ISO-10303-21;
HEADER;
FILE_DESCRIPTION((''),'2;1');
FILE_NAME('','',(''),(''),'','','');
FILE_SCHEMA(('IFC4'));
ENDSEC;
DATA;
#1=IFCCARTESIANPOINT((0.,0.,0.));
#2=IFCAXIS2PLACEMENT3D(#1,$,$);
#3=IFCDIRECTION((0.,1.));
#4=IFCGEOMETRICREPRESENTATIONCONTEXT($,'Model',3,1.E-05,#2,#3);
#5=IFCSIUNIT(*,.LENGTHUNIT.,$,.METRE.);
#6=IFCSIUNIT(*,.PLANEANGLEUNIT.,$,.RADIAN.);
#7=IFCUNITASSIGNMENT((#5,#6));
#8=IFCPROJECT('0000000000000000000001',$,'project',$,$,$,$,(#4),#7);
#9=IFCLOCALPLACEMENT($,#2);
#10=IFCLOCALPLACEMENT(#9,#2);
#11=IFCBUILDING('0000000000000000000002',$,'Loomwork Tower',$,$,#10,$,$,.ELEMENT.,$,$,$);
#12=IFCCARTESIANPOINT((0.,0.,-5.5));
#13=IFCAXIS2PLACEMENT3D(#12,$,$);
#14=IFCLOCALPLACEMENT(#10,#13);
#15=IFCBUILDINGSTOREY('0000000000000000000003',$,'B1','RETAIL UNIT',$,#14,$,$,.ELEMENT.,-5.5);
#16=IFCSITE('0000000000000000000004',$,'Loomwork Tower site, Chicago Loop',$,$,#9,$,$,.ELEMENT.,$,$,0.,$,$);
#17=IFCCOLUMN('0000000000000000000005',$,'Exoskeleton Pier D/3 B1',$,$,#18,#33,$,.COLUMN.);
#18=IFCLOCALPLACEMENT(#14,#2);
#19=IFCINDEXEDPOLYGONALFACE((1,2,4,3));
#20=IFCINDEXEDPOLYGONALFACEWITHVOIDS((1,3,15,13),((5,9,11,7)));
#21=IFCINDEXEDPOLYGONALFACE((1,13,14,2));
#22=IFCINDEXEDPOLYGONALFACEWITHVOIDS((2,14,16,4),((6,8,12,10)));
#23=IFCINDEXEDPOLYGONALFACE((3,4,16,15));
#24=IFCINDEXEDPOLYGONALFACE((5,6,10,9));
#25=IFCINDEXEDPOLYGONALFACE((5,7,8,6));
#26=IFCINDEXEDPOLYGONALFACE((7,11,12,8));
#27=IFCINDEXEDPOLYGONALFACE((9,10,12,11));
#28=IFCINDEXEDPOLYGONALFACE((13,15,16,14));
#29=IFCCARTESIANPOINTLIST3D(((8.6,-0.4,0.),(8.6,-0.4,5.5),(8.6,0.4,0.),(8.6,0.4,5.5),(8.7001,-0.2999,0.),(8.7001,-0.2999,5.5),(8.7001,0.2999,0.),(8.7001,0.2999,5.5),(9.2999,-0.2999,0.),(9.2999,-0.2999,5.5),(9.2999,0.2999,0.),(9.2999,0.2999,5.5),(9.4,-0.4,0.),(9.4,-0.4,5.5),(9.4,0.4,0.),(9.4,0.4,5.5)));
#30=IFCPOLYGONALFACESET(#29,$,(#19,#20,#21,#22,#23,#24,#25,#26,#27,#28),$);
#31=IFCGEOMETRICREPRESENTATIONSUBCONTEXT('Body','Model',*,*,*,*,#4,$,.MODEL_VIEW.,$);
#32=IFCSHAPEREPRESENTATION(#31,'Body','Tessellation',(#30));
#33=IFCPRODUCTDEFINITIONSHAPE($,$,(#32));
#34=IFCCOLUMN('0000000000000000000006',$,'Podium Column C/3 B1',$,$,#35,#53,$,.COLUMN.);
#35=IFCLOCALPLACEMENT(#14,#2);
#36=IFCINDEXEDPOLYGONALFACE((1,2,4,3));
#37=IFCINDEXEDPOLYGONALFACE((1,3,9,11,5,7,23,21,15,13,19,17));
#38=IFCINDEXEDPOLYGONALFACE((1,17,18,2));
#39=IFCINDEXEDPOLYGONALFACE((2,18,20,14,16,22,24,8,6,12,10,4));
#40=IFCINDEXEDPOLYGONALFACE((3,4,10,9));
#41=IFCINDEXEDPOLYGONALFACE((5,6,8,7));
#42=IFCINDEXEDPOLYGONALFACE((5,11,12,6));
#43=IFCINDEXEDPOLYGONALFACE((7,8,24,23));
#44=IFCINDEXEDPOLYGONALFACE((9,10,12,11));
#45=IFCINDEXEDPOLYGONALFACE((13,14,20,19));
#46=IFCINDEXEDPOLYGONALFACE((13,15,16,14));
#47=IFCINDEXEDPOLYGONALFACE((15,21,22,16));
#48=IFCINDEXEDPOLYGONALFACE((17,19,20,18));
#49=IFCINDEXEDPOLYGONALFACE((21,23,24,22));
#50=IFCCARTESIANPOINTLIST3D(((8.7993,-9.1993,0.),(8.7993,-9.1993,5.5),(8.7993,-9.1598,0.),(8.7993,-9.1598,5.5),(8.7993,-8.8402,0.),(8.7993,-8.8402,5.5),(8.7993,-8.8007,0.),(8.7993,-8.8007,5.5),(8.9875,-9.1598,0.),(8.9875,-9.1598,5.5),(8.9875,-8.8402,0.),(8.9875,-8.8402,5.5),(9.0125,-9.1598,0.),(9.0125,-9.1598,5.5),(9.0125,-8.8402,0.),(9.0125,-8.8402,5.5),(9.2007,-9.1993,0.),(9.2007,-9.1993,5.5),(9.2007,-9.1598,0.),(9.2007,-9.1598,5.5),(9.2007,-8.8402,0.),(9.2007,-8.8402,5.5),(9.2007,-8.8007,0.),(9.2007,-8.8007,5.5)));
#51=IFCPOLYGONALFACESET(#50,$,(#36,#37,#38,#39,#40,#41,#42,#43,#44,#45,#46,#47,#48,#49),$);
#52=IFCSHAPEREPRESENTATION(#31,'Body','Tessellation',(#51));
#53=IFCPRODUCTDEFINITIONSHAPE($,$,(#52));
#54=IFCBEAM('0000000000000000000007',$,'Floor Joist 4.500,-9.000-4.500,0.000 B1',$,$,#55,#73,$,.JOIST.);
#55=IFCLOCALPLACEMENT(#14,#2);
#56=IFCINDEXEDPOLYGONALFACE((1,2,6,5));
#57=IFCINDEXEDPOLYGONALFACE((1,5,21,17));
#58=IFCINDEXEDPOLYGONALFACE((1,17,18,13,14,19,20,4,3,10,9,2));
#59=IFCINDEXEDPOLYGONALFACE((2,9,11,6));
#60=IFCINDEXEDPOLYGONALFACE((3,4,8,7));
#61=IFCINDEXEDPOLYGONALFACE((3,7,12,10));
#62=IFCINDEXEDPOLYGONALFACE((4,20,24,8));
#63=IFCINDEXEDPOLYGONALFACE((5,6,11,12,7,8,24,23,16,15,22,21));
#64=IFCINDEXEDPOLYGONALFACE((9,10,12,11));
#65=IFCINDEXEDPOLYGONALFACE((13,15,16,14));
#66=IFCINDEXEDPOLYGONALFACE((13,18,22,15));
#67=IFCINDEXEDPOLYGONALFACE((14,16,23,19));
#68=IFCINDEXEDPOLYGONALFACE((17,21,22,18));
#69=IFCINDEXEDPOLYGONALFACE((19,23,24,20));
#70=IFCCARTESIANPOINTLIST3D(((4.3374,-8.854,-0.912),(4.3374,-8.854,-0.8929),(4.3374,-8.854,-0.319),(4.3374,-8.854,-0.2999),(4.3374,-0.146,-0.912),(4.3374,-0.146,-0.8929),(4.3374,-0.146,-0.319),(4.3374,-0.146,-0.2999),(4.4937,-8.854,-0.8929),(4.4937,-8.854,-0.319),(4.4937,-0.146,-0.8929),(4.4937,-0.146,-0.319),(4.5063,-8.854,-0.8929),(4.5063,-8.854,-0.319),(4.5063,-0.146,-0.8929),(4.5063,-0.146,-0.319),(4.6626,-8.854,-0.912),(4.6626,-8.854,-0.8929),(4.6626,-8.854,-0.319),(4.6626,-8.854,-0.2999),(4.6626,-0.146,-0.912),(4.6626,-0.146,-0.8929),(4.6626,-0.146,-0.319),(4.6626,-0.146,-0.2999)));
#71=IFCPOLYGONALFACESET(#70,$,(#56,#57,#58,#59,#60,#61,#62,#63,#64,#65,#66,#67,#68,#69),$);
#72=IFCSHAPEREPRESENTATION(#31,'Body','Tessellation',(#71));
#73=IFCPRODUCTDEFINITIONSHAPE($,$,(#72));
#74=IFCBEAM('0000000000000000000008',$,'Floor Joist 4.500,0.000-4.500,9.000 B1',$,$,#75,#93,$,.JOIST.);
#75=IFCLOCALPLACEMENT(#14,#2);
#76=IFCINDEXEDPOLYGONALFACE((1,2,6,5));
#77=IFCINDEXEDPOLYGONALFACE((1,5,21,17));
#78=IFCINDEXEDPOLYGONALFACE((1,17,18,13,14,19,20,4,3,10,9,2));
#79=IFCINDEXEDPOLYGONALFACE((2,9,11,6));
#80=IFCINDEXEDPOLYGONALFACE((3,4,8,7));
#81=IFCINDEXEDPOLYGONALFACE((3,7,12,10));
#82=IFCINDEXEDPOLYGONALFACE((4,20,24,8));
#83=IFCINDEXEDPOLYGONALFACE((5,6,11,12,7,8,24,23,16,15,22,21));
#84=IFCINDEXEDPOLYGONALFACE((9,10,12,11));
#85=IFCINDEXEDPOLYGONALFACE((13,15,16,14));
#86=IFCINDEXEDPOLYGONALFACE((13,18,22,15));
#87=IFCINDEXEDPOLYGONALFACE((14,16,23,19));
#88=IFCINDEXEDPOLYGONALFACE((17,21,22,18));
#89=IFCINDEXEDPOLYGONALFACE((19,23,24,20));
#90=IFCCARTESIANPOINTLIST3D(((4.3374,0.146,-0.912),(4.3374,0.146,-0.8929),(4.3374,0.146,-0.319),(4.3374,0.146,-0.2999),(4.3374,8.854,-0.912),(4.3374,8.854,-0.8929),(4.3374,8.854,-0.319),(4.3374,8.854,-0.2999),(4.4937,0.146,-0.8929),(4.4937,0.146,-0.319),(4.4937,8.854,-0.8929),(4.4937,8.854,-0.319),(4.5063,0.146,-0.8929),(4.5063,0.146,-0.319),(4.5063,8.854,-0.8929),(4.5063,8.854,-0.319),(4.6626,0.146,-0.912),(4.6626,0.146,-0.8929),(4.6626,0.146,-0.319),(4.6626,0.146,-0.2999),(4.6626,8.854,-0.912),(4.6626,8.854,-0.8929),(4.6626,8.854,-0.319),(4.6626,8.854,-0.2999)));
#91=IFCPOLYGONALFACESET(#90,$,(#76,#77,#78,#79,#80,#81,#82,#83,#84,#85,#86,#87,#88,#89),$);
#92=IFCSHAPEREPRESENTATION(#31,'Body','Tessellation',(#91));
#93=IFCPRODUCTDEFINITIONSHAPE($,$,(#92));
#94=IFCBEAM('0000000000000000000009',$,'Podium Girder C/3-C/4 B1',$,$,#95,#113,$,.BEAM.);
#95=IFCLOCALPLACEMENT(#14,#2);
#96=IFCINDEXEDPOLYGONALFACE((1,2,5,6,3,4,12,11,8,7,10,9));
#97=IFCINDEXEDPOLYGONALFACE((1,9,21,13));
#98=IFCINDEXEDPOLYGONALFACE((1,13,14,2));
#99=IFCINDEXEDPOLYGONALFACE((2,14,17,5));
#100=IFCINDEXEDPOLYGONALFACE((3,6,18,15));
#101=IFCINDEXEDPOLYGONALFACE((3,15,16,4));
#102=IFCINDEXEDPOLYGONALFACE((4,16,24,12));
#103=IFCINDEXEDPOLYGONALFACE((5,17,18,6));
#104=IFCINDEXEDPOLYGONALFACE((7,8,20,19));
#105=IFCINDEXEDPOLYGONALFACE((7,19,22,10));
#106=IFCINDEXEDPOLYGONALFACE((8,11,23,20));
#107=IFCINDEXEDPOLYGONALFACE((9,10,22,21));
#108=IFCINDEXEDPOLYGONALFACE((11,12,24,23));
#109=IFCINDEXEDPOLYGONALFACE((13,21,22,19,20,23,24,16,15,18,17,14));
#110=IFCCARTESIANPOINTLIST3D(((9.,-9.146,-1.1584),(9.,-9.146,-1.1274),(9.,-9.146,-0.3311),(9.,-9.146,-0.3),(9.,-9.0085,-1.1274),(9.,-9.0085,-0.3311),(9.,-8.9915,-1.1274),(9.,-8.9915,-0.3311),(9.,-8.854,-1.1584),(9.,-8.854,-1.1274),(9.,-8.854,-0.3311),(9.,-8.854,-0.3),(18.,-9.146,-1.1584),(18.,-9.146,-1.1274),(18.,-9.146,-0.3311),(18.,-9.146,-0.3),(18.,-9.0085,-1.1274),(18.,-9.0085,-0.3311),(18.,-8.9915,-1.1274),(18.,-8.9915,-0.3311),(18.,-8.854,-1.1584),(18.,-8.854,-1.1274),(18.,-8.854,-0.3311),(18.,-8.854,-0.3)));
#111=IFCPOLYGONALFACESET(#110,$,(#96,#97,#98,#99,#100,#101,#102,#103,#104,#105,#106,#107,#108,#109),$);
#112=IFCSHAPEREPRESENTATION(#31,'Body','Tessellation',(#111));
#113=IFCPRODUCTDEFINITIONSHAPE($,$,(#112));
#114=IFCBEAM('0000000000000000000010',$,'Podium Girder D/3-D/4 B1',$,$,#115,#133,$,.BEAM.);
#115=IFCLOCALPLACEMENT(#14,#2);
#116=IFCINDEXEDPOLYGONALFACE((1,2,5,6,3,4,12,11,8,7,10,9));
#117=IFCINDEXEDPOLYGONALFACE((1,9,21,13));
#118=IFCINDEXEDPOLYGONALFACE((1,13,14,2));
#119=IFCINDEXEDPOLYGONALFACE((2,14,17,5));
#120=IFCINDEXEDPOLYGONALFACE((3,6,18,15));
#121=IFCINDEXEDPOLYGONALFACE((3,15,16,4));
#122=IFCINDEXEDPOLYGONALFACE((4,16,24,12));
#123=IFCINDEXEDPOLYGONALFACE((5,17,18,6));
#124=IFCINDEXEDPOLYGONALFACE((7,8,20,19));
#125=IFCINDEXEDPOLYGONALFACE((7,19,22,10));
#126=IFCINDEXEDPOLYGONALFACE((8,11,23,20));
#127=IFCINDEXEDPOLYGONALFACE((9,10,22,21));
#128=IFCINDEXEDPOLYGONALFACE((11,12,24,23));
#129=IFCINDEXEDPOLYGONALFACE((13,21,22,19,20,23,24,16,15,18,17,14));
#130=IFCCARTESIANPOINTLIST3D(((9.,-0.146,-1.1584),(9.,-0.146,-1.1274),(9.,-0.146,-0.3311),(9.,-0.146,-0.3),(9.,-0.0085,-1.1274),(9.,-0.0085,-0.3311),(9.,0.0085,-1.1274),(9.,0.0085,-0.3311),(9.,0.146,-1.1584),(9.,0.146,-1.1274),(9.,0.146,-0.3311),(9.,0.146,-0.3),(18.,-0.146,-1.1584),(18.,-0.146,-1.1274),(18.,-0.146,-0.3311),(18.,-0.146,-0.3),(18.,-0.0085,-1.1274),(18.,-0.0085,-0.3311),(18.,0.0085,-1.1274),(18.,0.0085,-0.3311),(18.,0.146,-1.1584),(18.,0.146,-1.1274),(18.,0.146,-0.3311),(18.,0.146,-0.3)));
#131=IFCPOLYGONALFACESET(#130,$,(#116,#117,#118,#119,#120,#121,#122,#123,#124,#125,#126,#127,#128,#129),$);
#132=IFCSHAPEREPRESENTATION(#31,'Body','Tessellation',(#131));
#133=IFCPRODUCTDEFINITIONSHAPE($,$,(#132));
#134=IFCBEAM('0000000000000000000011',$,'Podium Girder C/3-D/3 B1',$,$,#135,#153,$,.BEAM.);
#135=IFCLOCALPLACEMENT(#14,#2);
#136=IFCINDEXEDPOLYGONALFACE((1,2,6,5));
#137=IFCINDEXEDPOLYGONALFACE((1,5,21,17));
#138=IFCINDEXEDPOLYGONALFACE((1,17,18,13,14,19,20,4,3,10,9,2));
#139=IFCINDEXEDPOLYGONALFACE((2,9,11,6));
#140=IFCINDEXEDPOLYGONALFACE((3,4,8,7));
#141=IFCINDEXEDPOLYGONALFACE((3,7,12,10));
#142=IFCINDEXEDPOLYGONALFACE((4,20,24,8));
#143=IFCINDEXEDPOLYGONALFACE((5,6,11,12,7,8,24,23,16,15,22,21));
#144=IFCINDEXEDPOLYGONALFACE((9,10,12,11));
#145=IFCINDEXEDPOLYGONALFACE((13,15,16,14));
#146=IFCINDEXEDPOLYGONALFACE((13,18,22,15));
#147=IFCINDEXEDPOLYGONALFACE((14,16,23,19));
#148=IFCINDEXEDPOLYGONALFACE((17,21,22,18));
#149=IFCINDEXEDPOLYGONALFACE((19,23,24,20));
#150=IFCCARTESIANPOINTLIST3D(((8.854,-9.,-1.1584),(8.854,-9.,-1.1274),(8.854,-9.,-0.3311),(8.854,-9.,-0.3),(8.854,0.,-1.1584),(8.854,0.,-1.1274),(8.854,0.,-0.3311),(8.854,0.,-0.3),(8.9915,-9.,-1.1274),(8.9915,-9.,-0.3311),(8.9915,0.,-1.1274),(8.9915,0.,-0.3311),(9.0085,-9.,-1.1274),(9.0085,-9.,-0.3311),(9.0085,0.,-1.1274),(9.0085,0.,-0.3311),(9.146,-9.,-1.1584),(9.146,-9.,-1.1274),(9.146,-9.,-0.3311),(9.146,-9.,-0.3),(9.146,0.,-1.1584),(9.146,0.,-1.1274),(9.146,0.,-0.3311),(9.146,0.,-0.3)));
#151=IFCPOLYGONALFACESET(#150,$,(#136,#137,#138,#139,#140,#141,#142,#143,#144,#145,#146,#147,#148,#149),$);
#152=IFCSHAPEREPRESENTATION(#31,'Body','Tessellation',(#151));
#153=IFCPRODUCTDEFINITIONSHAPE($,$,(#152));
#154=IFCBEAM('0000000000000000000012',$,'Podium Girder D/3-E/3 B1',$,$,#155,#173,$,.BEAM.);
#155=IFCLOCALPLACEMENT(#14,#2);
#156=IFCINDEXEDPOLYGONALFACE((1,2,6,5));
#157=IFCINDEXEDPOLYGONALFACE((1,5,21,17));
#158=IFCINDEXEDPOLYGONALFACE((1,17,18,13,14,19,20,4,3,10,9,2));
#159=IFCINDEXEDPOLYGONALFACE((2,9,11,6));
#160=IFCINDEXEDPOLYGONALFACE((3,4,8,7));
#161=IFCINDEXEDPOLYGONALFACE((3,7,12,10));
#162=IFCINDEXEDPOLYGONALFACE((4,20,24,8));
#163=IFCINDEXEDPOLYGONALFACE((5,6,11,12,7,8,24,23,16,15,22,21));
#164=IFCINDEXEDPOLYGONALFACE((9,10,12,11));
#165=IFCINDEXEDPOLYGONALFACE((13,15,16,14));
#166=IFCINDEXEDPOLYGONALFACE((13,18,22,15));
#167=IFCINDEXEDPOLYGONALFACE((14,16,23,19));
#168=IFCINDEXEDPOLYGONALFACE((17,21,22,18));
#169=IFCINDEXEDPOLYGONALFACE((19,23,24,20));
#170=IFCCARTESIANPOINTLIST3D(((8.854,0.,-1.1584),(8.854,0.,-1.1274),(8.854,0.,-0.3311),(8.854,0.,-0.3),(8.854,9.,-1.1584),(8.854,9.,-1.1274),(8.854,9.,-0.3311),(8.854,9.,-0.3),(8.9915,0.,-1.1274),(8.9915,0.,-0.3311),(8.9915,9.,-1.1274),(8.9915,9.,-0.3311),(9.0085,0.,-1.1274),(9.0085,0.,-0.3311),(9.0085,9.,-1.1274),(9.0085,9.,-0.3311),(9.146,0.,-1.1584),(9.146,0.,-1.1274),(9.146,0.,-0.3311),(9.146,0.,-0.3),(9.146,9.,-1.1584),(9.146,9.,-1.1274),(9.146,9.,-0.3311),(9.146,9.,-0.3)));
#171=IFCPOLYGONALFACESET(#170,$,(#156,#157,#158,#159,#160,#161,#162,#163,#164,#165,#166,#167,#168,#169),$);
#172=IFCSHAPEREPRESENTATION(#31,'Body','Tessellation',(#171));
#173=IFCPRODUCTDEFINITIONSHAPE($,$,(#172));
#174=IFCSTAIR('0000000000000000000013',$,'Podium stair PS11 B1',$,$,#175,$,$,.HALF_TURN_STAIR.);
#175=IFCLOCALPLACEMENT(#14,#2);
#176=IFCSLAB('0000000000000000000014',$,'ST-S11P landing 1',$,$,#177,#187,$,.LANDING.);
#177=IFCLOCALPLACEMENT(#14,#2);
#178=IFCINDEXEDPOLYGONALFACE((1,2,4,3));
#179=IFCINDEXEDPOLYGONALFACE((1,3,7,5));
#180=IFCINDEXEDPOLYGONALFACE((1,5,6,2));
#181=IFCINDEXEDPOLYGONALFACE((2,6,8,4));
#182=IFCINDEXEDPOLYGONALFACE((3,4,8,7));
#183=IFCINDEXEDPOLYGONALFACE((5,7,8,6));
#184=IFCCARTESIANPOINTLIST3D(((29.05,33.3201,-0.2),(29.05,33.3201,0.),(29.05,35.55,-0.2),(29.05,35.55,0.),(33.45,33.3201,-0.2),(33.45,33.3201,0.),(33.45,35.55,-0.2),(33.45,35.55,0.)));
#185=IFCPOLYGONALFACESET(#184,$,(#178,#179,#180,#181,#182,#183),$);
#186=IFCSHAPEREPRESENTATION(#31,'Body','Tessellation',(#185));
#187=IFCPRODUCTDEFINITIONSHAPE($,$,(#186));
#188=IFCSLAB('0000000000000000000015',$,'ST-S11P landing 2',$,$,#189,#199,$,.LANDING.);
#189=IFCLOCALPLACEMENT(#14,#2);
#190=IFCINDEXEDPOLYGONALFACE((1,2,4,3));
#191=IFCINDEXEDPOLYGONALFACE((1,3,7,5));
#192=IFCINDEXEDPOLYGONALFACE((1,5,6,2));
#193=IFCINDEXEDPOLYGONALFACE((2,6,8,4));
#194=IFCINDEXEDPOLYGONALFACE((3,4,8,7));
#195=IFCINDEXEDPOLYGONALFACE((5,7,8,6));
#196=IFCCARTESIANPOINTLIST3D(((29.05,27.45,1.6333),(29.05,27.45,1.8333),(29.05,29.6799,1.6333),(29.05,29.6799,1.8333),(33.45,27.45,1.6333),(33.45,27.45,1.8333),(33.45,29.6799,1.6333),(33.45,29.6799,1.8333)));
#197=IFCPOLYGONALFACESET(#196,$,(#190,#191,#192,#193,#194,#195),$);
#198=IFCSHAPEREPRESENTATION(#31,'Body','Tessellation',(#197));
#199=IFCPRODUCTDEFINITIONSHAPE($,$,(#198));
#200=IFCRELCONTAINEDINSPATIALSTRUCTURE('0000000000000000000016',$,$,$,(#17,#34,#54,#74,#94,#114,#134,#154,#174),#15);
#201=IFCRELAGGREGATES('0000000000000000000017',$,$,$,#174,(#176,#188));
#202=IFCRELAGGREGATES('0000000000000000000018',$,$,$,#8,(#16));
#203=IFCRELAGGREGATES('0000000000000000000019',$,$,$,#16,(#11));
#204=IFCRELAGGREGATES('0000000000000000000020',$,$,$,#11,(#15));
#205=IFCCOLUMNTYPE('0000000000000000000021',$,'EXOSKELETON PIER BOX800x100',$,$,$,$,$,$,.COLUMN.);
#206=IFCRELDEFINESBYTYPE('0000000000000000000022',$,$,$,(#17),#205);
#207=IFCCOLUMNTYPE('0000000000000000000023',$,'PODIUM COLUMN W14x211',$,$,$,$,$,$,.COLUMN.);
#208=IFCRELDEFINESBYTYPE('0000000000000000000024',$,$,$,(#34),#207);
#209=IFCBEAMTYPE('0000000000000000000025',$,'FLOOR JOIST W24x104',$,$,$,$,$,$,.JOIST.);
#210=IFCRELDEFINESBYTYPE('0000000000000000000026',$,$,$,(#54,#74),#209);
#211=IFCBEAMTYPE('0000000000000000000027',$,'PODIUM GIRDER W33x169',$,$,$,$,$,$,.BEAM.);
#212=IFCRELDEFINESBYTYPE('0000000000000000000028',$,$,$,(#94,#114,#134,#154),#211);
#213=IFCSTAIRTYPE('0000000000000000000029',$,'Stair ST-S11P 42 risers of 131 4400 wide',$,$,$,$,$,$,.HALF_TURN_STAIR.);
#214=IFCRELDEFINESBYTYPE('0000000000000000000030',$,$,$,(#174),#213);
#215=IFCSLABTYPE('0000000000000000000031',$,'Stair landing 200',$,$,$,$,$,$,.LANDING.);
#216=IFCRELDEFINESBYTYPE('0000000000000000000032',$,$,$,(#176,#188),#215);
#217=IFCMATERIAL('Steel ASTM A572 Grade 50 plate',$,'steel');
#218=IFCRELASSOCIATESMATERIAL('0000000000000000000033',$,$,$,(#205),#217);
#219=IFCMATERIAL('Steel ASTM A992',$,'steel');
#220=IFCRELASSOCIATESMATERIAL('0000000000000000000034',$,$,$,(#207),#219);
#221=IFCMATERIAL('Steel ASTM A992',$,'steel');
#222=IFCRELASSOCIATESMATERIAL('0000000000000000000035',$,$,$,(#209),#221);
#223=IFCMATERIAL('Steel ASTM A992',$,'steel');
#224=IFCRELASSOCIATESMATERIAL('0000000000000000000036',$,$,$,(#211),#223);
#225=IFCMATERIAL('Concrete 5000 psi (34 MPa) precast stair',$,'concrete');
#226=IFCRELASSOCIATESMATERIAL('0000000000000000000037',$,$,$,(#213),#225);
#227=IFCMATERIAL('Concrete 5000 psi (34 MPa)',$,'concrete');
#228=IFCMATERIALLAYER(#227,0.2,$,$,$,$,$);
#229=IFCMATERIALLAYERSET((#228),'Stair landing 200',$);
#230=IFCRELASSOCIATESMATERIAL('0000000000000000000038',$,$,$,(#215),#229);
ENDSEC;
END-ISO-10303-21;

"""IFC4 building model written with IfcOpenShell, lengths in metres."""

from ifc_helpers import new_model, si_unit, direction, frame, origin, origin_2d, place, context, subcontext, project, spatial, polyline, hollow_rectangle, i_section, outline, extrude, material, layer, layer_set, material_profile, profile_set, type_object, element, aggregate, save


model = new_model("IFC4")

# Units and contexts
model_context = context("Model", 3, precision=1e-05, world=origin(), true_north=direction((0.0, 1.0)))
body_context = subcontext(model_context, "Body", "Model", "MODEL_VIEW")
ifc_project = project(units=[si_unit("LENGTHUNIT", "METRE"), si_unit("PLANEANGLEUNIT", "RADIAN")], contexts=[model_context])

# Site, building, storey
site_placement = place(None, origin())
site = spatial("IfcSite", under=ifc_project, at=site_placement, Name="Loomwork Tower site, Chicago Loop", CompositionType="ELEMENT", RefElevation=0.0)
building_placement = place(site_placement, origin())
building = spatial("IfcBuilding", under=site, at=building_placement, Name="Loomwork Tower", CompositionType="ELEMENT")
storey_placement = place(building_placement, frame((0.0, 0.0, -5.5)))
storey = spatial("IfcBuildingStorey", under=building, at=storey_placement, Name="B1", Description="RETAIL UNIT", CompositionType="ELEMENT", Elevation=-5.5)

# Columns
ifc_material_1 = material(Name="Steel ASTM A572 Grade 50 plate", Category="steel")
ifc_material_profile_1 = material_profile(ifc_material_1, hollow_rectangle(XDim=0.8, YDim=0.8, WallThickness=0.1001, at=origin_2d()), Name="BOX800x100")
ifc_profile_set_1 = profile_set([ifc_material_profile_1], Name="Steel ASTM A572 Grade 50 plate")
column_type_1 = type_object("IfcColumnType", Name="EXOSKELETON PIER BOX800x100", PredefinedType="COLUMN", material=ifc_profile_set_1)
column_1_placement = place(storey_placement, frame((9.0, 0.0, 0.0), z_axis=(0.0, 0.0, 1.0), x_axis=(1.0, 0.0, 0.0)))
element("IfcColumn", 1, at=column_1_placement, inside=storey, type_object=column_type_1, Name="Exoskeleton Pier D/3 B1", PredefinedType="COLUMN", context=body_context, shape_type="SweptSolid", body=[
    extrude(hollow_rectangle(XDim=0.8, YDim=0.8, WallThickness=0.1001, at=origin_2d()), origin(), (0.0, 0.0, 1.0), 5.5),
])
ifc_material_2 = material(Name="Steel ASTM A992", Category="steel")
ifc_material_profile_2 = material_profile(ifc_material_2, i_section(OverallWidth=0.4014, OverallDepth=0.3987, WebThickness=0.0249, FlangeThickness=0.0396, at=origin_2d()), Name="W14x211")
ifc_profile_set_2 = profile_set([ifc_material_profile_2], Name="Steel ASTM A992")
column_type_2 = type_object("IfcColumnType", Name="PODIUM COLUMN W14x211", PredefinedType="COLUMN", material=ifc_profile_set_2)
column_2_placement = place(storey_placement, frame((9.0, -9.0, 0.0), z_axis=(0.0, 0.0, 1.0), x_axis=(1.0, 0.0, 0.0)))
element("IfcColumn", 2, at=column_2_placement, inside=storey, type_object=column_type_2, Name="Podium Column C/3 B1", PredefinedType="COLUMN", context=body_context, shape_type="SweptSolid", body=[
    extrude(i_section(OverallWidth=0.4014, OverallDepth=0.3987, WebThickness=0.0249, FlangeThickness=0.0396, at=origin_2d()), origin(), (0.0, 0.0, 1.0), 5.5),
])

# Beams
ifc_material_3 = material(Name="Steel ASTM A992", Category="steel")
ifc_material_profile_3 = material_profile(ifc_material_3, i_section(OverallWidth=0.3252, OverallDepth=0.6121, WebThickness=0.0127, FlangeThickness=0.019, at=origin_2d()), Name="W24x104")
ifc_profile_set_3 = profile_set([ifc_material_profile_3], Name="Steel ASTM A992")
beam_type_1 = type_object("IfcBeamType", Name="FLOOR JOIST W24x104", PredefinedType="JOIST", material=ifc_profile_set_3)
for number, where, z_axis, x_axis, name in (
    (3, (4.5, -8.854, -0.606), (0.0, 1.0, 0.0), (-1.0, 0.0, 0.0), "Floor Joist 4.500,-9.000-4.500,0.000 B1"),
    (4, (4.5, 0.146, -0.606), (0.0, 1.0, 0.0), (-1.0, 0.0, 0.0), "Floor Joist 4.500,0.000-4.500,9.000 B1"),
):
    element("IfcBeam", number, at=place(storey_placement, frame(where, z_axis=z_axis, x_axis=x_axis)), inside=storey, type_object=beam_type_1, Name=name, PredefinedType="JOIST", context=body_context, shape_type="SweptSolid", body=[
        extrude(i_section(OverallWidth=0.3252, OverallDepth=0.6121, WebThickness=0.0127, FlangeThickness=0.019, at=origin_2d()), origin(), (0.0, 0.0, 1.0), 8.708),
    ])
ifc_material_4 = material(Name="Steel ASTM A992", Category="steel")
ifc_material_profile_4 = material_profile(ifc_material_4, i_section(OverallWidth=0.292, OverallDepth=0.8584, WebThickness=0.0171, FlangeThickness=0.031, at=origin_2d()), Name="W33x169")
ifc_profile_set_4 = profile_set([ifc_material_profile_4], Name="Steel ASTM A992")
beam_type_2 = type_object("IfcBeamType", Name="PODIUM GIRDER W33x169", PredefinedType="BEAM", material=ifc_profile_set_4)
for number, where, z_axis, x_axis, name in (
    (5, (9.0, -9.0, -0.7292), (1.0, 0.0, 0.0), (0.0, 1.0, 0.0), "Podium Girder C/3-C/4 B1"),
    (6, (9.0, 0.0, -0.7292), (1.0, 0.0, 0.0), (0.0, 1.0, 0.0), "Podium Girder D/3-D/4 B1"),
    (7, (9.0, -9.0, -0.7292), (0.0, 1.0, 0.0), (-1.0, 0.0, 0.0), "Podium Girder C/3-D/3 B1"),
    (8, (9.0, 0.0, -0.7292), (0.0, 1.0, 0.0), (-1.0, 0.0, 0.0), "Podium Girder D/3-E/3 B1"),
):
    element("IfcBeam", number, at=place(storey_placement, frame(where, z_axis=z_axis, x_axis=x_axis)), inside=storey, type_object=beam_type_2, Name=name, PredefinedType="BEAM", context=body_context, shape_type="SweptSolid", body=[
        extrude(i_section(OverallWidth=0.292, OverallDepth=0.8584, WebThickness=0.0171, FlangeThickness=0.031, at=origin_2d()), origin(), (0.0, 0.0, 1.0), 9.0),
    ])

# Stair, slabs
ifc_material_5 = material(Name="Concrete 5000 psi (34 MPa) precast stair", Category="concrete")
stair_type_1 = type_object("IfcStairType", Name="Stair ST-S11P 42 risers of 131 4400 wide", PredefinedType="HALF_TURN_STAIR", material=ifc_material_5)
stair_1_placement = place(storey_placement, origin())
stair_1 = element("IfcStair", 9, at=stair_1_placement, inside=storey, type_object=stair_type_1, Name="Podium stair PS11 B1", PredefinedType="HALF_TURN_STAIR")
ifc_material_6 = material(Name="Concrete 5000 psi (34 MPa)", Category="concrete")
ifc_layer_1 = layer(ifc_material_6, 0.2)
ifc_layer_set_1 = layer_set([ifc_layer_1], Name="Stair landing 200")
slab_type = type_object("IfcSlabType", Name="Stair landing 200", PredefinedType="LANDING", material=ifc_layer_set_1)
slab_1_placement = place(storey_placement, frame((0.0, 0.0, -0.2)))
slab_1 = element("IfcSlab", 10, at=slab_1_placement, type_object=slab_type, Name="ST-S11P landing 1", PredefinedType="LANDING", context=body_context, shape_type="SweptSolid", body=[
    extrude(outline(polyline([(29.05, 33.3201), (33.45, 33.3201), (33.45, 35.55), (29.05, 35.55), (29.05, 33.3201)])), origin(), (0.0, 0.0, 1.0), 0.2),
])
slab_2_placement = place(storey_placement, frame((0.0, 0.0, 1.6333)))
slab_2 = element("IfcSlab", 11, at=slab_2_placement, type_object=slab_type, Name="ST-S11P landing 2", PredefinedType="LANDING", context=body_context, shape_type="SweptSolid", body=[
    extrude(outline(polyline([(29.05, 27.45), (33.45, 27.45), (33.45, 29.6799), (29.05, 29.6799), (29.05, 27.45)])), origin(), (0.0, 0.0, 1.0), 0.2),
])
aggregate(stair_1, [slab_1, slab_2])

save(model, "model.ifc")
